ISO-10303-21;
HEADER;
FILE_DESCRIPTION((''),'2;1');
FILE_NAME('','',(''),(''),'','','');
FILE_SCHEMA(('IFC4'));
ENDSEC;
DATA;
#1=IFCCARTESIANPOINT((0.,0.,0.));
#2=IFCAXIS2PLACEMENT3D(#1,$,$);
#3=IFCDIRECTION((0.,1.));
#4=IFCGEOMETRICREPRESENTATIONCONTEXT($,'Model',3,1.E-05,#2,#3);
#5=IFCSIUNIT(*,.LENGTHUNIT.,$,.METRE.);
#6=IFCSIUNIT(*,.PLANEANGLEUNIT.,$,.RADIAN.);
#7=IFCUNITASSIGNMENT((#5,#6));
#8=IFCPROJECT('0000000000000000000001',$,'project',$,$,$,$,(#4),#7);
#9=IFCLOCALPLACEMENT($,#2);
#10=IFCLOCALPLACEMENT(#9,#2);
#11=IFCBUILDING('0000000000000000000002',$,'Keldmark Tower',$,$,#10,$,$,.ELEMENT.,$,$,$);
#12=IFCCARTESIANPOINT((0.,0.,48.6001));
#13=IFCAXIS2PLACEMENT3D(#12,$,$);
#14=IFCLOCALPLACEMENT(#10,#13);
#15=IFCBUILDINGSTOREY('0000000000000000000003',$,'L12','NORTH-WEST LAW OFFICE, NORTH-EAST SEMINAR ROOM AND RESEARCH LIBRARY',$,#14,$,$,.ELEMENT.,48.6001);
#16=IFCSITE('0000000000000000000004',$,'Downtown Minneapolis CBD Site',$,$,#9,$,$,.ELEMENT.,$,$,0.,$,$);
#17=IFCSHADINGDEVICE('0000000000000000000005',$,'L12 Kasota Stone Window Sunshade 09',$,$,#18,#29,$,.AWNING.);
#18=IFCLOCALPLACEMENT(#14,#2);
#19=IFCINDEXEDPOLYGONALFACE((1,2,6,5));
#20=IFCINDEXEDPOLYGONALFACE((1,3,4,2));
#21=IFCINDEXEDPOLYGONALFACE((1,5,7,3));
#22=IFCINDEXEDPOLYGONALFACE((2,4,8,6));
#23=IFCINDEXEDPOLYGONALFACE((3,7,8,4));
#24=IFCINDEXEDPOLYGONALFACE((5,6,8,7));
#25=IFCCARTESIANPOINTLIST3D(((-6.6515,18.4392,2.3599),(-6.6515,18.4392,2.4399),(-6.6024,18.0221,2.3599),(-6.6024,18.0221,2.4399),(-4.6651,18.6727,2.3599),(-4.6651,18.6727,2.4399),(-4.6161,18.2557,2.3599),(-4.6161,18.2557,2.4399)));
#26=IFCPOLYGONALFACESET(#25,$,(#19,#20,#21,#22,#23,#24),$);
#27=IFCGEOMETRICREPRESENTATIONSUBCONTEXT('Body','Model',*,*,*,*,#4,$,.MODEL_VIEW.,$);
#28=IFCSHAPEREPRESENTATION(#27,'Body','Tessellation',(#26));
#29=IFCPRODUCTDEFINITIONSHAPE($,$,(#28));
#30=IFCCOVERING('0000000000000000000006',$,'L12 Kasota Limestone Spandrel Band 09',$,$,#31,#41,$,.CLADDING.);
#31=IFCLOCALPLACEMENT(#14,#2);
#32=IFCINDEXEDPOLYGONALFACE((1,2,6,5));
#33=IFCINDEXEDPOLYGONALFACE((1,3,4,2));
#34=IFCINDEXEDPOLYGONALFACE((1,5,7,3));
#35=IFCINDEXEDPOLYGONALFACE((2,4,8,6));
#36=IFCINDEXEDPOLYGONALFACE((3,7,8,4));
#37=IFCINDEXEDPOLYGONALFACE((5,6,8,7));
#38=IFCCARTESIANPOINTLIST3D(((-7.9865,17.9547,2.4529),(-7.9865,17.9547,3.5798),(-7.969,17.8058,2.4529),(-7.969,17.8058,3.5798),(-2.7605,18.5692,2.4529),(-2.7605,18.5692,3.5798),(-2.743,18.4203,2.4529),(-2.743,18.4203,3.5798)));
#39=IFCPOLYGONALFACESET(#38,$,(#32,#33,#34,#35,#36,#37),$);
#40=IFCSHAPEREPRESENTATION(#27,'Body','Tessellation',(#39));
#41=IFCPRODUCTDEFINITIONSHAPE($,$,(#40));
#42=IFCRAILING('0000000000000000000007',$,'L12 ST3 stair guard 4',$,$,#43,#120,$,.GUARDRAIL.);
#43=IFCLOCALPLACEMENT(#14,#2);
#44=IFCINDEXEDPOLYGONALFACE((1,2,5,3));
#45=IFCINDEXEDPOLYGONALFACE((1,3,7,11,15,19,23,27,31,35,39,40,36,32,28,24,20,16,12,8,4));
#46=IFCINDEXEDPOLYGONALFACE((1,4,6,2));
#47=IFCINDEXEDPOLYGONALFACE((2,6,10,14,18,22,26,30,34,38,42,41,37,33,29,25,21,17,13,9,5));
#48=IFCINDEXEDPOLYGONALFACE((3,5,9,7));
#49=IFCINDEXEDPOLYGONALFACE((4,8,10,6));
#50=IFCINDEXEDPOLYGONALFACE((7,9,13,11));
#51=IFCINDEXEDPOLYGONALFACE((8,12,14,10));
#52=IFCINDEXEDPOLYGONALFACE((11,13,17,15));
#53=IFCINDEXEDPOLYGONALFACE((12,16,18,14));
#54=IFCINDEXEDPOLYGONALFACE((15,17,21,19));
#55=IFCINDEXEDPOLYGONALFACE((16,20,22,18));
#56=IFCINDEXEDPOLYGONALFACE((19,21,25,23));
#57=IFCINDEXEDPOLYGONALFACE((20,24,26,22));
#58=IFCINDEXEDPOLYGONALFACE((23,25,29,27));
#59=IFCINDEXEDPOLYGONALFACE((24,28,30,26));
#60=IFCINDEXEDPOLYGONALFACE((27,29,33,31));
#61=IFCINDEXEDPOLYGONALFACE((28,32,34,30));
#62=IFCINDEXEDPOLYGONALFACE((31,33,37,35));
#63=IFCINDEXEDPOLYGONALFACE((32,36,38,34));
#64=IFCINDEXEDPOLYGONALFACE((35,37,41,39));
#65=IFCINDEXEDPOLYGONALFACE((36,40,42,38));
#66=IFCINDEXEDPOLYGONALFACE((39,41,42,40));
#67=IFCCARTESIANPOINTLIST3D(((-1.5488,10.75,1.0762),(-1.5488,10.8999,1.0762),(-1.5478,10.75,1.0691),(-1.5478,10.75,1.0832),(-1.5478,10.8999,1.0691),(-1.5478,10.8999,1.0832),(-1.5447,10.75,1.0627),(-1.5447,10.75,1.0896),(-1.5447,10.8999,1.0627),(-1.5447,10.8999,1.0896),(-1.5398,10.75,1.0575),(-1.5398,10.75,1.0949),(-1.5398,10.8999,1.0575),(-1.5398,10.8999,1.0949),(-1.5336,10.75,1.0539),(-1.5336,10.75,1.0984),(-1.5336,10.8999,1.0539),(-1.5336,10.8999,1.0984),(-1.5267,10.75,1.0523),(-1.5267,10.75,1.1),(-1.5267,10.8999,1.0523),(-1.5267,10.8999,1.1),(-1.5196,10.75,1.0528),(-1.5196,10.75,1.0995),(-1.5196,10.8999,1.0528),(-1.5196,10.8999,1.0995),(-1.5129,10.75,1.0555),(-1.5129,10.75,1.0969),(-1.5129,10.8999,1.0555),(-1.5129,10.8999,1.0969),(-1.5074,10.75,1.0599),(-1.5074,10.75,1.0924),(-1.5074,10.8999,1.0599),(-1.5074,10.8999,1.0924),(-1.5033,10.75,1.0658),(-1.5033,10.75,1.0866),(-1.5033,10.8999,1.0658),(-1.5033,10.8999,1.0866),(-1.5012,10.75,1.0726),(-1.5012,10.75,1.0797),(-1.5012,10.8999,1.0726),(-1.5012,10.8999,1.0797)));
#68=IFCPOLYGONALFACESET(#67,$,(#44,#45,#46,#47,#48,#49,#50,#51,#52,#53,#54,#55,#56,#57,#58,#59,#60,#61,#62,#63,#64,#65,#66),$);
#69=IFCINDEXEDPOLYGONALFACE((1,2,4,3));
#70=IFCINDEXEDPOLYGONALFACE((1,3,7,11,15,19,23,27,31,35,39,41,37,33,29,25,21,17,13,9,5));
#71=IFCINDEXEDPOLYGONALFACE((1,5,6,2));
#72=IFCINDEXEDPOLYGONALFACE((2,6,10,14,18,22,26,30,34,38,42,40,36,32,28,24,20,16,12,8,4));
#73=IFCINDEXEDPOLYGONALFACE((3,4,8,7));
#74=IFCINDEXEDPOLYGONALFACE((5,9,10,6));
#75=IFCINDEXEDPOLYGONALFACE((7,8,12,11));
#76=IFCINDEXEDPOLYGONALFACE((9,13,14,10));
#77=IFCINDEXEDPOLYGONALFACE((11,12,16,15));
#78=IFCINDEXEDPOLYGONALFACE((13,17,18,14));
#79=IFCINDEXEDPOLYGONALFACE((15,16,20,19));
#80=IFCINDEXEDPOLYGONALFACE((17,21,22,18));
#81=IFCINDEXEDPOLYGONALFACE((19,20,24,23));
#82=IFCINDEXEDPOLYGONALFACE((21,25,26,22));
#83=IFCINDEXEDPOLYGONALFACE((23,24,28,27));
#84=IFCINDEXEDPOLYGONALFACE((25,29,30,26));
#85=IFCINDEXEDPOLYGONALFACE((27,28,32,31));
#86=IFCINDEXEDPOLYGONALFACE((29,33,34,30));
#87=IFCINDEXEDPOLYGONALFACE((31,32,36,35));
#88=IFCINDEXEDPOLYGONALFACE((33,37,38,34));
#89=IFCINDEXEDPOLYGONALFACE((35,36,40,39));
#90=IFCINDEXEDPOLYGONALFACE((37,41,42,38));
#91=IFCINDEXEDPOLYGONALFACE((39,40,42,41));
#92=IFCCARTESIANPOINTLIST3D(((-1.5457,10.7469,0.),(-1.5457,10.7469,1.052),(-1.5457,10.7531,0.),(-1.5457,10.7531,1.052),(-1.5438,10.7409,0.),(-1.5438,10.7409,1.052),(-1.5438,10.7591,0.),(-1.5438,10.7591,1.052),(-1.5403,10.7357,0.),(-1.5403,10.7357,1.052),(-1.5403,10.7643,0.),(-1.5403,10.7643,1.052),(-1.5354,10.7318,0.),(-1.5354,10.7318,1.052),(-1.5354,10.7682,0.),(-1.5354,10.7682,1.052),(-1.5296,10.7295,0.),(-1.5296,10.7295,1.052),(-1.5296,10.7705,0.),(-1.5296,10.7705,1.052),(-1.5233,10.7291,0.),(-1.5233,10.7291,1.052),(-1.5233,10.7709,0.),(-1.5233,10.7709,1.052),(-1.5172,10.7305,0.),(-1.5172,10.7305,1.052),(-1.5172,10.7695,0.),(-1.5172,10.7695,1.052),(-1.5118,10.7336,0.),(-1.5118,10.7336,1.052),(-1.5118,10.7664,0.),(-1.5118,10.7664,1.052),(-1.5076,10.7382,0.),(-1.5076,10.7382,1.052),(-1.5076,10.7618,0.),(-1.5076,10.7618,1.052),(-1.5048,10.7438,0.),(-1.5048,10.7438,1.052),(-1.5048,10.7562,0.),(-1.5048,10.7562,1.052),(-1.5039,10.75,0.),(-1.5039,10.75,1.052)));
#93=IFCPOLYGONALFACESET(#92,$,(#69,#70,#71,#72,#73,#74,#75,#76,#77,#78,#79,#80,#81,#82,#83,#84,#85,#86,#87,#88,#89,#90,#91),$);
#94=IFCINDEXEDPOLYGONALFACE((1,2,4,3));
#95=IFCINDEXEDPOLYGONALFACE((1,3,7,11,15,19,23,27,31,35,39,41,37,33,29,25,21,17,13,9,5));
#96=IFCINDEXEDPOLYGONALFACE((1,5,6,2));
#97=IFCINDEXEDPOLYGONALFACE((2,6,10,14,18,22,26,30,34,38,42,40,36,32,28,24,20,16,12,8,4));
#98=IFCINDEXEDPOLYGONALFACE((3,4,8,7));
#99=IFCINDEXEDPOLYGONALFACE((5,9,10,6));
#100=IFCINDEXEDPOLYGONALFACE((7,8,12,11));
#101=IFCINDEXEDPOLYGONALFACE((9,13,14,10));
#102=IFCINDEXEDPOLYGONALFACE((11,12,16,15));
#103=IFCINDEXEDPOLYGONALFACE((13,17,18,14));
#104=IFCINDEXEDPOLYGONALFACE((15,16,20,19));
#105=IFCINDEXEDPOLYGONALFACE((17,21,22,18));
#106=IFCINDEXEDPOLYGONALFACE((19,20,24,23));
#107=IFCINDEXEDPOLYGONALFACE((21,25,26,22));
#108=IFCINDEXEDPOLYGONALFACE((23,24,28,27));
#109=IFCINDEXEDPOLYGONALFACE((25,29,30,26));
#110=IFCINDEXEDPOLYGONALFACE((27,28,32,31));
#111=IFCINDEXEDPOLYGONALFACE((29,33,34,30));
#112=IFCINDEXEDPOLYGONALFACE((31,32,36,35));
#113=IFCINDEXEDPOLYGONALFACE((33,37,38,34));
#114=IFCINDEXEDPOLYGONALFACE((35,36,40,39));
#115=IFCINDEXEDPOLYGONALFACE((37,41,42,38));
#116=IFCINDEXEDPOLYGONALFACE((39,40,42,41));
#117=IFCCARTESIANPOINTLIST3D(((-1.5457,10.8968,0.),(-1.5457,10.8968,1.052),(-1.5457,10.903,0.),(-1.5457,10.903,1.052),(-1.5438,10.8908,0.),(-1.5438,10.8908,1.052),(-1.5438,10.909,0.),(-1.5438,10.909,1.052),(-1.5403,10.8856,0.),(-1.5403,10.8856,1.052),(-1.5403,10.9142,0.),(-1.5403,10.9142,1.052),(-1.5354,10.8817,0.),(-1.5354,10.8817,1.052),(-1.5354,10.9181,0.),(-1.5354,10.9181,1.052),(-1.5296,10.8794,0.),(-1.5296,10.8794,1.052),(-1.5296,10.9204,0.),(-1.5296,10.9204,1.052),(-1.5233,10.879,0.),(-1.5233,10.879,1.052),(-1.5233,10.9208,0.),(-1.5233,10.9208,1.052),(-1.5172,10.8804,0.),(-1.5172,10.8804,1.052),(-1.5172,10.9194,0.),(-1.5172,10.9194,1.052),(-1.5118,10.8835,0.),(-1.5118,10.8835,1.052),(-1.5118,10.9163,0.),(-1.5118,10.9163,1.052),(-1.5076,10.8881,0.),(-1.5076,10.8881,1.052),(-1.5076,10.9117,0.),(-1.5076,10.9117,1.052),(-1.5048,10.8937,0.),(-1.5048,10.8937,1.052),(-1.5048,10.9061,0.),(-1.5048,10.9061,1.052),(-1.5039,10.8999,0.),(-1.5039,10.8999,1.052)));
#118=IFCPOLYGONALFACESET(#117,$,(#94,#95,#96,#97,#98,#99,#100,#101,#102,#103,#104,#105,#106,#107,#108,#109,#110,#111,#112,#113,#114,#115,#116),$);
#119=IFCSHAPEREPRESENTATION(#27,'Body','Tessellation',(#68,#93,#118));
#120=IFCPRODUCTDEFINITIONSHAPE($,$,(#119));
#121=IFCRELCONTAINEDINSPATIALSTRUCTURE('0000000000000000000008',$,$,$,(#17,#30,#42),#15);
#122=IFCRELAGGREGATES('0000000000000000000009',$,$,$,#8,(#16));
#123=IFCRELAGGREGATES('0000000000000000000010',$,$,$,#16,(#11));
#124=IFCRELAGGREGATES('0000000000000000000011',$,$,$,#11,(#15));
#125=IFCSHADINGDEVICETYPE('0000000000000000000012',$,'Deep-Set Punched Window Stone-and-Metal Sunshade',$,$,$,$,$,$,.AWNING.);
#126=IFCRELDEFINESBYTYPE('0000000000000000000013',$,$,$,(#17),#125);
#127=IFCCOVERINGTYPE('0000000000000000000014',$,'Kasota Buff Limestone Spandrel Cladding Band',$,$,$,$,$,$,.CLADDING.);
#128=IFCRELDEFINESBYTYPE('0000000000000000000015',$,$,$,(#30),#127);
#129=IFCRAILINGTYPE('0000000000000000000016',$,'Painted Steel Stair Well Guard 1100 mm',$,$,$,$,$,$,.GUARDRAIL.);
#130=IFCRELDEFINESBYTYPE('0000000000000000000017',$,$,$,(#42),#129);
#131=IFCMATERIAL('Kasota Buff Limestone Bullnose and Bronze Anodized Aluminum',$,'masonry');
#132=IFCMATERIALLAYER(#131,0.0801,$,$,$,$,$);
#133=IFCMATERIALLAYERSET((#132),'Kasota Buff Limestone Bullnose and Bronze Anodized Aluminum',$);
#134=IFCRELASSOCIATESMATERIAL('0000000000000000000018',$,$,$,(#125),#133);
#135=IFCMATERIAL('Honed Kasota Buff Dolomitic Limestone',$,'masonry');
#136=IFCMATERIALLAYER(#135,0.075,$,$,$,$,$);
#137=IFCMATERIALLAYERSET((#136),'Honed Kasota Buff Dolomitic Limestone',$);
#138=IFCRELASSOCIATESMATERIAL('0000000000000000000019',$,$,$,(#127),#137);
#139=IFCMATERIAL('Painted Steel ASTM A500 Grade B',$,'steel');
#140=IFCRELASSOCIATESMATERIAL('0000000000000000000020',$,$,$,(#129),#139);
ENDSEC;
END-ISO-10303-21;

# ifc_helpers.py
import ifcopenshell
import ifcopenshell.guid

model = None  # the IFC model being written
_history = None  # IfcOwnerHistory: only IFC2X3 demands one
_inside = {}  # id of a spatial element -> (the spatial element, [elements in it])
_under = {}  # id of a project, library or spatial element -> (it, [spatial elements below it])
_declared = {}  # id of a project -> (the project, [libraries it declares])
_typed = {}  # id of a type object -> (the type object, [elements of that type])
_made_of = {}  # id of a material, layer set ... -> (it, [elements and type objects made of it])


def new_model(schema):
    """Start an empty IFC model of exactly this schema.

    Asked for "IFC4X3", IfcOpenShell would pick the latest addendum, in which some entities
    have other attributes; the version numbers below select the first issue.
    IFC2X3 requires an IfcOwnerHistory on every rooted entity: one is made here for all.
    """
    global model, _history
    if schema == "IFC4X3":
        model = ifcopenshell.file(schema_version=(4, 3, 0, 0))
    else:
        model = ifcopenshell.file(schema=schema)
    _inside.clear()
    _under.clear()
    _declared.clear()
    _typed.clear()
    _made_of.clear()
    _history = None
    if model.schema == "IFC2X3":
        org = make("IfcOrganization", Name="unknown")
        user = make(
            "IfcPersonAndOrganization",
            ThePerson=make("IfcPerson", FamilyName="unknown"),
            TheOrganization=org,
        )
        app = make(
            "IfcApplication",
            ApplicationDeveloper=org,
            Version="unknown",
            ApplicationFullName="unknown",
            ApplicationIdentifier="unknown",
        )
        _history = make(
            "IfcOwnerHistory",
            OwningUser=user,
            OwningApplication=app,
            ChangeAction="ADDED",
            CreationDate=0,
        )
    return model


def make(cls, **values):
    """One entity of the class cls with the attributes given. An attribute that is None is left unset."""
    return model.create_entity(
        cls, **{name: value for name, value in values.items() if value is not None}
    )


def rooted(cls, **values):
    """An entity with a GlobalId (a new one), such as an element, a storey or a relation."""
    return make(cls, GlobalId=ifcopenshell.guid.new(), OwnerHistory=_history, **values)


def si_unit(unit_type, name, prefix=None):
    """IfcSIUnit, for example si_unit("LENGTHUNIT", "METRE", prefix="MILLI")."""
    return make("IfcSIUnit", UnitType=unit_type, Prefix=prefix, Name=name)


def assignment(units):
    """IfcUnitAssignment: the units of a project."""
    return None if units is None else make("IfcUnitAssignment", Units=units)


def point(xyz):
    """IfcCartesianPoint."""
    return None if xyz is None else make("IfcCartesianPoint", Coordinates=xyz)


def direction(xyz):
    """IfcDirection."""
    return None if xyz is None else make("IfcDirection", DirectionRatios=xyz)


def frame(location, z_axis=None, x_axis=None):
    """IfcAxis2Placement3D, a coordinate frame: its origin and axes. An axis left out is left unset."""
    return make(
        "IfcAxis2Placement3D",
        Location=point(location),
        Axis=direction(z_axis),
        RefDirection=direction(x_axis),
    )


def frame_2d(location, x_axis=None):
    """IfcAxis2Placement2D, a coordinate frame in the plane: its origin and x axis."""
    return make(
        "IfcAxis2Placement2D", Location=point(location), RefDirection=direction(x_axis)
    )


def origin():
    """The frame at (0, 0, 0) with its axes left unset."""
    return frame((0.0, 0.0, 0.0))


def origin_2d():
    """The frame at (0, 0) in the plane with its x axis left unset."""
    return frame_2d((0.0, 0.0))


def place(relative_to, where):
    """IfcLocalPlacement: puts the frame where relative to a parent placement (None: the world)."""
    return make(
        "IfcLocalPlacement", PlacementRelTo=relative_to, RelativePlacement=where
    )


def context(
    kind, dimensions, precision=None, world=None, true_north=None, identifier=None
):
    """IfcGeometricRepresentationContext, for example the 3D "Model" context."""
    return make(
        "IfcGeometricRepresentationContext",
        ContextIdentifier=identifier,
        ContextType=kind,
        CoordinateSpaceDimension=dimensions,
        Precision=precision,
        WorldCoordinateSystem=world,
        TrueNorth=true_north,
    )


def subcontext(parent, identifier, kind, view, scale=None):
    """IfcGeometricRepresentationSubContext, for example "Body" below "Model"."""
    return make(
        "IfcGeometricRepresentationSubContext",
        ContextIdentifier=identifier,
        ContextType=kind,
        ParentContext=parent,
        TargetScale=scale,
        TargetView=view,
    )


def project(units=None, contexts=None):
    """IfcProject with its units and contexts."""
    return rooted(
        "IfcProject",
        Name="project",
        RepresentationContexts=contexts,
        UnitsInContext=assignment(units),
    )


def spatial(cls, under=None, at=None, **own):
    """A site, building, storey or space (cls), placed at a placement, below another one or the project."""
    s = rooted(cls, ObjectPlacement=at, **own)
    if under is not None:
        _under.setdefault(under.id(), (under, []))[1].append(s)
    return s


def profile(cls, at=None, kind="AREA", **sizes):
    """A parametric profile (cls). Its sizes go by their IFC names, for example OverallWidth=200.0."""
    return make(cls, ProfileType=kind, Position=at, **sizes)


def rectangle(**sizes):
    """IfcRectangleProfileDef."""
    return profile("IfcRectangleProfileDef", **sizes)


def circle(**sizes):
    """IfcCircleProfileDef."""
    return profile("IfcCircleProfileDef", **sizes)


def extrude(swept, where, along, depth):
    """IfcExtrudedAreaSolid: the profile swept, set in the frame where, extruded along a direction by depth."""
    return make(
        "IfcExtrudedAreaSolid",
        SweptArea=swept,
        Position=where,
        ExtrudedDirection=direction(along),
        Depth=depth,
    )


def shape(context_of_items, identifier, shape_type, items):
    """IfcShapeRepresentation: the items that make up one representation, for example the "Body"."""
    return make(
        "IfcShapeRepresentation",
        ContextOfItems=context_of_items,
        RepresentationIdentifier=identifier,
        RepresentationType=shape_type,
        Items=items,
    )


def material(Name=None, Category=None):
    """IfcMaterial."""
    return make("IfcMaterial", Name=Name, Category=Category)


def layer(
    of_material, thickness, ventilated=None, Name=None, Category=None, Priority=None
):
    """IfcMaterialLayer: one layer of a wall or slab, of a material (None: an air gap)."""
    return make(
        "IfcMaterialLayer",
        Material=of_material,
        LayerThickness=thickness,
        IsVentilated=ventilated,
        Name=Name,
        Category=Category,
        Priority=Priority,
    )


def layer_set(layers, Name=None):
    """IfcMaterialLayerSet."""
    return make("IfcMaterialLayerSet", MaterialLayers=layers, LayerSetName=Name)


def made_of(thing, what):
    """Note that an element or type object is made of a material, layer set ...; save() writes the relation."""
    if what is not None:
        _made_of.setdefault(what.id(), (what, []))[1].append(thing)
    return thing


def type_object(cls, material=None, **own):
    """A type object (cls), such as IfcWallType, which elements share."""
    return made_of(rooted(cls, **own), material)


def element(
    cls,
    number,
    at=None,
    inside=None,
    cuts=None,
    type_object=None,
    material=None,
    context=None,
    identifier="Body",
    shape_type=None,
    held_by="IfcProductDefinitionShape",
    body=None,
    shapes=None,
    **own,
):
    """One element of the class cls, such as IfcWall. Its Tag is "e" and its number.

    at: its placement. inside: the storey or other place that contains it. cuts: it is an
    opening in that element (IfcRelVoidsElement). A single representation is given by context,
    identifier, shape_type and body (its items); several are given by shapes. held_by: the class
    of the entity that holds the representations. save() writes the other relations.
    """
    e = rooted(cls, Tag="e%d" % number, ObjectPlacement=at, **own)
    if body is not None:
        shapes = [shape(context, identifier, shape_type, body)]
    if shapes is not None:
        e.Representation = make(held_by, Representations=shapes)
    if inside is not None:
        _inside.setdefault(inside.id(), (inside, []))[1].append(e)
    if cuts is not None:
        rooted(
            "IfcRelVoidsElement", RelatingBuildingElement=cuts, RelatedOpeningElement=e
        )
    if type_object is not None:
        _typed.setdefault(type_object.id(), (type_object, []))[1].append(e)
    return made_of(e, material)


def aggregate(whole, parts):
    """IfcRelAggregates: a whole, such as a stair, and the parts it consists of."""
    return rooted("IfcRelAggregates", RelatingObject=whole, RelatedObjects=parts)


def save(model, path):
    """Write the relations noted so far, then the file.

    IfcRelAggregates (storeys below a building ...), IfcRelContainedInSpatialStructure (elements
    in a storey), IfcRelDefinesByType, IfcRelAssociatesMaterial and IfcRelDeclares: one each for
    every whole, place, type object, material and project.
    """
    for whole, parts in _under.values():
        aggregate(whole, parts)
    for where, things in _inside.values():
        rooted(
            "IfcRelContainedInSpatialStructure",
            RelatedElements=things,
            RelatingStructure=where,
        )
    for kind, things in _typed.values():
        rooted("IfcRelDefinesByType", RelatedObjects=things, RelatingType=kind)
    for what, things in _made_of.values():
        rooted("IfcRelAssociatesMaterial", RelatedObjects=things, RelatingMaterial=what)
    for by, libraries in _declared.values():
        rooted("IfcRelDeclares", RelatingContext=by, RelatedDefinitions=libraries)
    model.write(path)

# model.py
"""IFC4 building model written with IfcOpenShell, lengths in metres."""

from ifc_helpers import new_model, si_unit, direction, frame, origin, origin_2d, place, context, subcontext, project, spatial, rectangle, circle, extrude, material, layer, layer_set, type_object, element, save


model = new_model("IFC4")

# Units and contexts
model_context = context("Model", 3, precision=1e-05, world=origin(), true_north=direction((0.0, 1.0)))
body_context = subcontext(model_context, "Body", "Model", "MODEL_VIEW")
ifc_project = project(units=[si_unit("LENGTHUNIT", "METRE"), si_unit("PLANEANGLEUNIT", "RADIAN")], contexts=[model_context])

# Site, building, storey
site_placement = place(None, origin())
site = spatial("IfcSite", under=ifc_project, at=site_placement, Name="Downtown Minneapolis CBD Site", CompositionType="ELEMENT", RefElevation=0.0)
building_placement = place(site_placement, origin())
building = spatial("IfcBuilding", under=site, at=building_placement, Name="Keldmark Tower", CompositionType="ELEMENT")
storey_placement = place(building_placement, frame((0.0, 0.0, 48.6001)))
storey = spatial("IfcBuildingStorey", under=building, at=storey_placement, Name="L12", Description="NORTH-WEST LAW OFFICE, NORTH-EAST SEMINAR ROOM AND RESEARCH LIBRARY", CompositionType="ELEMENT", Elevation=48.6001)

# Shading device
ifc_material_1 = material(Name="Kasota Buff Limestone Bullnose and Bronze Anodized Aluminum", Category="masonry")
ifc_layer_1 = layer(ifc_material_1, 0.0801)
ifc_layer_set_1 = layer_set([ifc_layer_1], Name="Kasota Buff Limestone Bullnose and Bronze Anodized Aluminum")
shading_device_type = type_object("IfcShadingDeviceType", Name="Deep-Set Punched Window Stone-and-Metal Sunshade", PredefinedType="AWNING", material=ifc_layer_set_1)
shading_device_placement = place(storey_placement, frame((-5.6338, 18.3474, 2.3599), z_axis=(0.0, 0.0, 1.0), x_axis=(0.993158, 0.116775, 0.0)))
element("IfcShadingDevice", 1, at=shading_device_placement, inside=storey, type_object=shading_device_type, Name="L12 Kasota Stone Window Sunshade 09", PredefinedType="AWNING", context=body_context, shape_type="SweptSolid", body=[
    extrude(rectangle(XDim=2.0, YDim=0.4199, at=origin_2d()), origin(), (0.0, 0.0, 1.0), 0.0801),
])

# Covering
ifc_material_2 = material(Name="Honed Kasota Buff Dolomitic Limestone", Category="masonry")
ifc_layer_2 = layer(ifc_material_2, 0.075)
ifc_layer_set_2 = layer_set([ifc_layer_2], Name="Honed Kasota Buff Dolomitic Limestone")
covering_type = type_object("IfcCoveringType", Name="Kasota Buff Limestone Spandrel Cladding Band", PredefinedType="CLADDING", material=ifc_layer_set_2)
covering_placement = place(storey_placement, frame((-5.3647, 18.1875, 2.4529), z_axis=(0.0, 0.0, 1.0), x_axis=(-0.993158, -0.116775, 0.0)))
element("IfcCovering", 2, at=covering_placement, inside=storey, type_object=covering_type, Name="L12 Kasota Limestone Spandrel Band 09", PredefinedType="CLADDING", context=body_context, shape_type="SweptSolid", body=[
    extrude(rectangle(XDim=5.262, YDim=0.1499, at=origin_2d()), origin(), (0.0, 0.0, 1.0), 1.127),
])

# Railing
ifc_material_3 = material(Name="Painted Steel ASTM A500 Grade B", Category="steel")
railing_type = type_object("IfcRailingType", Name="Painted Steel Stair Well Guard 1100 mm", PredefinedType="GUARDRAIL", material=ifc_material_3)
railing_placement = place(storey_placement, frame((-1.5249, 10.75, 0.0)))
element("IfcRailing", 3, at=railing_placement, inside=storey, type_object=railing_type, Name="L12 ST3 stair guard 4", PredefinedType="GUARDRAIL", context=body_context, shape_type="SweptSolid", body=[
    extrude(circle(Radius=0.0239, at=origin_2d()), frame((0.0, 0.0, 1.0762), z_axis=(0.0, 1.0, 0.0), x_axis=(-1.0, 0.0, 0.0)), (0.0, 0.0, 1.0), 0.1499),
    extrude(circle(Radius=0.021, at=origin_2d()), origin(), (0.0, 0.0, 1.0), 1.052),
    extrude(circle(Radius=0.021, at=origin_2d()), frame((0.0, 0.1499, 0.0)), (0.0, 0.0, 1.0), 1.052),
])

save(model, "model.ifc")
